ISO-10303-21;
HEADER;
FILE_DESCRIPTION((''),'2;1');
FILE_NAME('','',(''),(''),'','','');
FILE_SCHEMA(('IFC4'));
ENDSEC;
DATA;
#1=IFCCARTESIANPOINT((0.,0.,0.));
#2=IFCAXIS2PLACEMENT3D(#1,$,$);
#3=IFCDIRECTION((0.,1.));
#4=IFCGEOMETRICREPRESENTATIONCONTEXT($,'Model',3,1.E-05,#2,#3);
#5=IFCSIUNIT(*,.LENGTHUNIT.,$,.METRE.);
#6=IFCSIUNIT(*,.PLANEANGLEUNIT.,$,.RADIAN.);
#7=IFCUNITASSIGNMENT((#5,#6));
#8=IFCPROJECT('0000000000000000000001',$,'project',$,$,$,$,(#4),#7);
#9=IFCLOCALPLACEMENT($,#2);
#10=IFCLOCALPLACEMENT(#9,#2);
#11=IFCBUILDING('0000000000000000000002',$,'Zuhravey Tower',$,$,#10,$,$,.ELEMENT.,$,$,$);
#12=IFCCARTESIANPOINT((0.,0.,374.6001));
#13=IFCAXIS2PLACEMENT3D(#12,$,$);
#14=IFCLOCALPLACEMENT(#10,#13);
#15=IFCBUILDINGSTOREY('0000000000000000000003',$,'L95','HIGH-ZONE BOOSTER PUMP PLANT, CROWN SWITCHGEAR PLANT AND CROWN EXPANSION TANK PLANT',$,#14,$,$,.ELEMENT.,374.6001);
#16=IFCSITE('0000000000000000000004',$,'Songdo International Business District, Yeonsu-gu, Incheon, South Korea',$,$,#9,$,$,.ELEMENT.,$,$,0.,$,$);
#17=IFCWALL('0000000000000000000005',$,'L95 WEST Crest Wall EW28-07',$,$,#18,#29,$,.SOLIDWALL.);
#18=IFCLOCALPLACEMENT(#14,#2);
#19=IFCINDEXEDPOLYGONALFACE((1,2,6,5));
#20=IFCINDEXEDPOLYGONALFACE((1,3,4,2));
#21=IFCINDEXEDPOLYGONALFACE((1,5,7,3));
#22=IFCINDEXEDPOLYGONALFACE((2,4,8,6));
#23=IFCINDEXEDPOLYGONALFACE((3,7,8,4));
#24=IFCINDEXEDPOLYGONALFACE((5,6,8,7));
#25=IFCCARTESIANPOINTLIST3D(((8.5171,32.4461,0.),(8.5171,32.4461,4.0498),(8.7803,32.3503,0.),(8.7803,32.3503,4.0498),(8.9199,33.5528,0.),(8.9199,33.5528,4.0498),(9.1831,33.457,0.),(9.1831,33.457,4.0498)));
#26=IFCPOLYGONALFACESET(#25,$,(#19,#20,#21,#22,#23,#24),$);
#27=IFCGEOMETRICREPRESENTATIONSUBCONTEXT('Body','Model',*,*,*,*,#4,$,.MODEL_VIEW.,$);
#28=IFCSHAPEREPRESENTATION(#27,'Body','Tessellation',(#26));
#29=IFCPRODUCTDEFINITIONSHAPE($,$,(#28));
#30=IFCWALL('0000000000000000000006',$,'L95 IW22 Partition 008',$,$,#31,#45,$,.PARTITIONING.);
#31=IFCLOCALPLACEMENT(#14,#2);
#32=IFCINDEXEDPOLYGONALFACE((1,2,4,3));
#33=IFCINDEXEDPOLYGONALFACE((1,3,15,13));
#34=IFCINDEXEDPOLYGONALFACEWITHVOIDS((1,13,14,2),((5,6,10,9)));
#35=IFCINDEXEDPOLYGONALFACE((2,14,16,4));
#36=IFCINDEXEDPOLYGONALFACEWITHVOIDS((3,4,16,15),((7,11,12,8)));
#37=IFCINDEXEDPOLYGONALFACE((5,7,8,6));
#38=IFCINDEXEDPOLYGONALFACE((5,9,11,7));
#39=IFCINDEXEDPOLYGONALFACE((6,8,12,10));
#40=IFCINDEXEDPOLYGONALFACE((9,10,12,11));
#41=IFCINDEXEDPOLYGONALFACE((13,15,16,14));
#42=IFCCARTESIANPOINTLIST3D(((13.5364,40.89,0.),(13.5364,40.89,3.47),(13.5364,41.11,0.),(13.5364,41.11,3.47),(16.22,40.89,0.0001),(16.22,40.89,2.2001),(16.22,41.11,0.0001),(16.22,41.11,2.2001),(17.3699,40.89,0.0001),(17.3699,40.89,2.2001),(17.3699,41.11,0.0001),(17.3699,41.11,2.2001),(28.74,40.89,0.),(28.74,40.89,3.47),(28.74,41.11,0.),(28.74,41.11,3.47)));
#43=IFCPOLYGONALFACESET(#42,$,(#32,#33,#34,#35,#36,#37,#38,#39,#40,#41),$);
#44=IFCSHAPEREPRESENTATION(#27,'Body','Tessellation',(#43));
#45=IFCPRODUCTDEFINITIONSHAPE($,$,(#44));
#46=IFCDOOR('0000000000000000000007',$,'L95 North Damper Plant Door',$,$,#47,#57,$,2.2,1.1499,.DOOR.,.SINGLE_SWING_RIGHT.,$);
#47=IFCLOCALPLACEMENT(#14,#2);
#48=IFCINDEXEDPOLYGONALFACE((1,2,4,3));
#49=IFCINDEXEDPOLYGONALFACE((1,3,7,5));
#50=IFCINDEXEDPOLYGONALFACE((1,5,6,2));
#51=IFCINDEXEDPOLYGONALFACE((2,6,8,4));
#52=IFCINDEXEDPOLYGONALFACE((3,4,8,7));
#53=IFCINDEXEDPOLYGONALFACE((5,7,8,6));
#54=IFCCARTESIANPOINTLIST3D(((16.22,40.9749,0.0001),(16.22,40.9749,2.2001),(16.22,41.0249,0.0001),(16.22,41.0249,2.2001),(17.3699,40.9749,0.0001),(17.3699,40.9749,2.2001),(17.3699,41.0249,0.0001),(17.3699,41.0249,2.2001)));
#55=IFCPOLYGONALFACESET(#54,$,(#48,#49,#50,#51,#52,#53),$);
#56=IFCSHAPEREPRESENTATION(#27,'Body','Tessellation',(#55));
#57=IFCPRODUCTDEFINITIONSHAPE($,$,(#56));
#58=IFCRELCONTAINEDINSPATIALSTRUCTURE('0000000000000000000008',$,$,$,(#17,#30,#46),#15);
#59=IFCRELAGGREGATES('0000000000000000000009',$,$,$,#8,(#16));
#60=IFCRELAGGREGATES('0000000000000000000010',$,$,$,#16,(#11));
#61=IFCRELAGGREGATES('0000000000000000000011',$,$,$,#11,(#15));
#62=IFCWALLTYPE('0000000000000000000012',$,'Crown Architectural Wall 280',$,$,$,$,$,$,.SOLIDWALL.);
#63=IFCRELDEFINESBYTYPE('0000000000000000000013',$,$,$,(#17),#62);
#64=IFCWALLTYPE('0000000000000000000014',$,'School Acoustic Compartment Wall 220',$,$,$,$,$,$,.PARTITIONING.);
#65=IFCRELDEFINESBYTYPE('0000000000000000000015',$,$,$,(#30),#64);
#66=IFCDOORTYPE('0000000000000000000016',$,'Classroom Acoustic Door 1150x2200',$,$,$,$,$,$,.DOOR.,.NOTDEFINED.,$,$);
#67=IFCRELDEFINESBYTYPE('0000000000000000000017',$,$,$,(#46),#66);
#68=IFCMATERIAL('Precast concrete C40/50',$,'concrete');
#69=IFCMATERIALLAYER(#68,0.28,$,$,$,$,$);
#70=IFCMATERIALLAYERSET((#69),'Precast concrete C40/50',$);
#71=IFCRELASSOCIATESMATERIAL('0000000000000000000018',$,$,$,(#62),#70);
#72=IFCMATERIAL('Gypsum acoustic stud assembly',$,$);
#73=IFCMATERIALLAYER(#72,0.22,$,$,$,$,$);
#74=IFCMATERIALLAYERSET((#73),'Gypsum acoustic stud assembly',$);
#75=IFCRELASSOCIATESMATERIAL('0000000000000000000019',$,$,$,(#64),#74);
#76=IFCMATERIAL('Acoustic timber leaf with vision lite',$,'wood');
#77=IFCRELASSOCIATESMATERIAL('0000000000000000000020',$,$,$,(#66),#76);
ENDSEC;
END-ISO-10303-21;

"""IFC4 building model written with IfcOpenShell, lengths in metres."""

from ifc_helpers import new_model, si_unit, direction, frame, frame_2d, origin, place, context, subcontext, project, spatial, rectangle, extrude, material, layer, layer_set, type_object, element, fill, save


model = new_model("IFC4")

# Units and contexts
model_context = context("Model", 3, precision=1e-05, world=origin(), true_north=direction((0.0, 1.0)))
body_context = subcontext(model_context, "Body", "Model", "MODEL_VIEW")
ifc_project = project(units=[si_unit("LENGTHUNIT", "METRE"), si_unit("PLANEANGLEUNIT", "RADIAN")], contexts=[model_context])

# Site, building, storey
site_placement = place(None, origin())
site = spatial("IfcSite", under=ifc_project, at=site_placement, Name="Songdo International Business District, Yeonsu-gu, Incheon, South Korea", CompositionType="ELEMENT", RefElevation=0.0)
building_placement = place(site_placement, origin())
building = spatial("IfcBuilding", under=site, at=building_placement, Name="Zuhravey Tower", CompositionType="ELEMENT")
storey_placement = place(building_placement, frame((0.0, 0.0, 374.6001)))
storey = spatial("IfcBuildingStorey", under=building, at=storey_placement, Name="L95", Description="HIGH-ZONE BOOSTER PUMP PLANT, CROWN SWITCHGEAR PLANT AND CROWN EXPANSION TANK PLANT", CompositionType="ELEMENT", Elevation=374.6001)

# Wall
ifc_material_1 = material(Name="Precast concrete C40/50", Category="concrete")
ifc_layer_1 = layer(ifc_material_1, 0.28)
ifc_layer_set_1 = layer_set([ifc_layer_1], Name="Precast concrete C40/50")
wall_type_1 = type_object("IfcWallType", Name="Crown Architectural Wall 280", PredefinedType="SOLIDWALL", material=ifc_layer_set_1)
wall_1_placement = place(storey_placement, frame((8.6487, 32.3982, 0.0), z_axis=(0.0, 0.0, 1.0), x_axis=(0.342043, 0.939684, 0.0)))
element("IfcWall", 1, at=wall_1_placement, inside=storey, type_object=wall_type_1, Name="L95 WEST Crest Wall EW28-07", PredefinedType="SOLIDWALL", context=body_context, shape_type="SweptSolid", body=[
    extrude(rectangle(XDim=1.1777, YDim=0.28, at=frame_2d((0.5889, 0.0))), origin(), (0.0, 0.0, 1.0), 4.0498),
])

# Wall, opening, door
ifc_material_2 = material(Name="Gypsum acoustic stud assembly")
ifc_layer_2 = layer(ifc_material_2, 0.22)
ifc_layer_set_2 = layer_set([ifc_layer_2], Name="Gypsum acoustic stud assembly")
wall_type_2 = type_object("IfcWallType", Name="School Acoustic Compartment Wall 220", PredefinedType="PARTITIONING", material=ifc_layer_set_2)
wall_2_placement = place(storey_placement, frame((13.5364, 41.0, 0.0), z_axis=(0.0, 0.0, 1.0), x_axis=(1.0, 0.0, 0.0)))
wall_2 = element("IfcWall", 2, at=wall_2_placement, inside=storey, type_object=wall_type_2, Name="L95 IW22 Partition 008", PredefinedType="PARTITIONING", context=body_context, shape_type="SweptSolid", body=[
    extrude(rectangle(XDim=15.2036, YDim=0.22, at=frame_2d((7.6018, 0.0))), origin(), (0.0, 0.0, 1.0), 3.47),
])
opening_placement = place(wall_2_placement, frame((2.6836, 0.0, 0.0)))
opening = element("IfcOpeningElement", 3, at=opening_placement, cuts=wall_2, PredefinedType="OPENING", context=body_context, shape_type="SweptSolid", body=[
    extrude(rectangle(XDim=1.1499, YDim=2.2, at=frame_2d((0.575, 1.1001))), frame((0.0, 0.1221, 0.0), z_axis=(0.0, -1.0, 0.0), x_axis=(1.0, 0.0, 0.0)), (0.0, 0.0, 1.0), 0.2439),
])
ifc_material_3 = material(Name="Acoustic timber leaf with vision lite", Category="wood")
door_type = type_object("IfcDoorType", Name="Classroom Acoustic Door 1150x2200", OperationType="NOTDEFINED", PredefinedType="DOOR", material=ifc_material_3)
door_placement = place(opening_placement, origin())
door = element("IfcDoor", 4, at=door_placement, inside=storey, type_object=door_type, Name="L95 North Damper Plant Door", OperationType="SINGLE_SWING_RIGHT", OverallHeight=2.2, OverallWidth=1.1499, PredefinedType="DOOR", context=body_context, shape_type="SweptSolid", body=[
    extrude(rectangle(XDim=1.1499, YDim=2.2, at=frame_2d((0.575, 1.1001))), frame((0.0, 0.0249, 0.0), z_axis=(0.0, -1.0, 0.0), x_axis=(1.0, 0.0, 0.0)), (0.0, 0.0, 1.0), 0.05),
])
fill(opening, door)

save(model, "model.ifc")
